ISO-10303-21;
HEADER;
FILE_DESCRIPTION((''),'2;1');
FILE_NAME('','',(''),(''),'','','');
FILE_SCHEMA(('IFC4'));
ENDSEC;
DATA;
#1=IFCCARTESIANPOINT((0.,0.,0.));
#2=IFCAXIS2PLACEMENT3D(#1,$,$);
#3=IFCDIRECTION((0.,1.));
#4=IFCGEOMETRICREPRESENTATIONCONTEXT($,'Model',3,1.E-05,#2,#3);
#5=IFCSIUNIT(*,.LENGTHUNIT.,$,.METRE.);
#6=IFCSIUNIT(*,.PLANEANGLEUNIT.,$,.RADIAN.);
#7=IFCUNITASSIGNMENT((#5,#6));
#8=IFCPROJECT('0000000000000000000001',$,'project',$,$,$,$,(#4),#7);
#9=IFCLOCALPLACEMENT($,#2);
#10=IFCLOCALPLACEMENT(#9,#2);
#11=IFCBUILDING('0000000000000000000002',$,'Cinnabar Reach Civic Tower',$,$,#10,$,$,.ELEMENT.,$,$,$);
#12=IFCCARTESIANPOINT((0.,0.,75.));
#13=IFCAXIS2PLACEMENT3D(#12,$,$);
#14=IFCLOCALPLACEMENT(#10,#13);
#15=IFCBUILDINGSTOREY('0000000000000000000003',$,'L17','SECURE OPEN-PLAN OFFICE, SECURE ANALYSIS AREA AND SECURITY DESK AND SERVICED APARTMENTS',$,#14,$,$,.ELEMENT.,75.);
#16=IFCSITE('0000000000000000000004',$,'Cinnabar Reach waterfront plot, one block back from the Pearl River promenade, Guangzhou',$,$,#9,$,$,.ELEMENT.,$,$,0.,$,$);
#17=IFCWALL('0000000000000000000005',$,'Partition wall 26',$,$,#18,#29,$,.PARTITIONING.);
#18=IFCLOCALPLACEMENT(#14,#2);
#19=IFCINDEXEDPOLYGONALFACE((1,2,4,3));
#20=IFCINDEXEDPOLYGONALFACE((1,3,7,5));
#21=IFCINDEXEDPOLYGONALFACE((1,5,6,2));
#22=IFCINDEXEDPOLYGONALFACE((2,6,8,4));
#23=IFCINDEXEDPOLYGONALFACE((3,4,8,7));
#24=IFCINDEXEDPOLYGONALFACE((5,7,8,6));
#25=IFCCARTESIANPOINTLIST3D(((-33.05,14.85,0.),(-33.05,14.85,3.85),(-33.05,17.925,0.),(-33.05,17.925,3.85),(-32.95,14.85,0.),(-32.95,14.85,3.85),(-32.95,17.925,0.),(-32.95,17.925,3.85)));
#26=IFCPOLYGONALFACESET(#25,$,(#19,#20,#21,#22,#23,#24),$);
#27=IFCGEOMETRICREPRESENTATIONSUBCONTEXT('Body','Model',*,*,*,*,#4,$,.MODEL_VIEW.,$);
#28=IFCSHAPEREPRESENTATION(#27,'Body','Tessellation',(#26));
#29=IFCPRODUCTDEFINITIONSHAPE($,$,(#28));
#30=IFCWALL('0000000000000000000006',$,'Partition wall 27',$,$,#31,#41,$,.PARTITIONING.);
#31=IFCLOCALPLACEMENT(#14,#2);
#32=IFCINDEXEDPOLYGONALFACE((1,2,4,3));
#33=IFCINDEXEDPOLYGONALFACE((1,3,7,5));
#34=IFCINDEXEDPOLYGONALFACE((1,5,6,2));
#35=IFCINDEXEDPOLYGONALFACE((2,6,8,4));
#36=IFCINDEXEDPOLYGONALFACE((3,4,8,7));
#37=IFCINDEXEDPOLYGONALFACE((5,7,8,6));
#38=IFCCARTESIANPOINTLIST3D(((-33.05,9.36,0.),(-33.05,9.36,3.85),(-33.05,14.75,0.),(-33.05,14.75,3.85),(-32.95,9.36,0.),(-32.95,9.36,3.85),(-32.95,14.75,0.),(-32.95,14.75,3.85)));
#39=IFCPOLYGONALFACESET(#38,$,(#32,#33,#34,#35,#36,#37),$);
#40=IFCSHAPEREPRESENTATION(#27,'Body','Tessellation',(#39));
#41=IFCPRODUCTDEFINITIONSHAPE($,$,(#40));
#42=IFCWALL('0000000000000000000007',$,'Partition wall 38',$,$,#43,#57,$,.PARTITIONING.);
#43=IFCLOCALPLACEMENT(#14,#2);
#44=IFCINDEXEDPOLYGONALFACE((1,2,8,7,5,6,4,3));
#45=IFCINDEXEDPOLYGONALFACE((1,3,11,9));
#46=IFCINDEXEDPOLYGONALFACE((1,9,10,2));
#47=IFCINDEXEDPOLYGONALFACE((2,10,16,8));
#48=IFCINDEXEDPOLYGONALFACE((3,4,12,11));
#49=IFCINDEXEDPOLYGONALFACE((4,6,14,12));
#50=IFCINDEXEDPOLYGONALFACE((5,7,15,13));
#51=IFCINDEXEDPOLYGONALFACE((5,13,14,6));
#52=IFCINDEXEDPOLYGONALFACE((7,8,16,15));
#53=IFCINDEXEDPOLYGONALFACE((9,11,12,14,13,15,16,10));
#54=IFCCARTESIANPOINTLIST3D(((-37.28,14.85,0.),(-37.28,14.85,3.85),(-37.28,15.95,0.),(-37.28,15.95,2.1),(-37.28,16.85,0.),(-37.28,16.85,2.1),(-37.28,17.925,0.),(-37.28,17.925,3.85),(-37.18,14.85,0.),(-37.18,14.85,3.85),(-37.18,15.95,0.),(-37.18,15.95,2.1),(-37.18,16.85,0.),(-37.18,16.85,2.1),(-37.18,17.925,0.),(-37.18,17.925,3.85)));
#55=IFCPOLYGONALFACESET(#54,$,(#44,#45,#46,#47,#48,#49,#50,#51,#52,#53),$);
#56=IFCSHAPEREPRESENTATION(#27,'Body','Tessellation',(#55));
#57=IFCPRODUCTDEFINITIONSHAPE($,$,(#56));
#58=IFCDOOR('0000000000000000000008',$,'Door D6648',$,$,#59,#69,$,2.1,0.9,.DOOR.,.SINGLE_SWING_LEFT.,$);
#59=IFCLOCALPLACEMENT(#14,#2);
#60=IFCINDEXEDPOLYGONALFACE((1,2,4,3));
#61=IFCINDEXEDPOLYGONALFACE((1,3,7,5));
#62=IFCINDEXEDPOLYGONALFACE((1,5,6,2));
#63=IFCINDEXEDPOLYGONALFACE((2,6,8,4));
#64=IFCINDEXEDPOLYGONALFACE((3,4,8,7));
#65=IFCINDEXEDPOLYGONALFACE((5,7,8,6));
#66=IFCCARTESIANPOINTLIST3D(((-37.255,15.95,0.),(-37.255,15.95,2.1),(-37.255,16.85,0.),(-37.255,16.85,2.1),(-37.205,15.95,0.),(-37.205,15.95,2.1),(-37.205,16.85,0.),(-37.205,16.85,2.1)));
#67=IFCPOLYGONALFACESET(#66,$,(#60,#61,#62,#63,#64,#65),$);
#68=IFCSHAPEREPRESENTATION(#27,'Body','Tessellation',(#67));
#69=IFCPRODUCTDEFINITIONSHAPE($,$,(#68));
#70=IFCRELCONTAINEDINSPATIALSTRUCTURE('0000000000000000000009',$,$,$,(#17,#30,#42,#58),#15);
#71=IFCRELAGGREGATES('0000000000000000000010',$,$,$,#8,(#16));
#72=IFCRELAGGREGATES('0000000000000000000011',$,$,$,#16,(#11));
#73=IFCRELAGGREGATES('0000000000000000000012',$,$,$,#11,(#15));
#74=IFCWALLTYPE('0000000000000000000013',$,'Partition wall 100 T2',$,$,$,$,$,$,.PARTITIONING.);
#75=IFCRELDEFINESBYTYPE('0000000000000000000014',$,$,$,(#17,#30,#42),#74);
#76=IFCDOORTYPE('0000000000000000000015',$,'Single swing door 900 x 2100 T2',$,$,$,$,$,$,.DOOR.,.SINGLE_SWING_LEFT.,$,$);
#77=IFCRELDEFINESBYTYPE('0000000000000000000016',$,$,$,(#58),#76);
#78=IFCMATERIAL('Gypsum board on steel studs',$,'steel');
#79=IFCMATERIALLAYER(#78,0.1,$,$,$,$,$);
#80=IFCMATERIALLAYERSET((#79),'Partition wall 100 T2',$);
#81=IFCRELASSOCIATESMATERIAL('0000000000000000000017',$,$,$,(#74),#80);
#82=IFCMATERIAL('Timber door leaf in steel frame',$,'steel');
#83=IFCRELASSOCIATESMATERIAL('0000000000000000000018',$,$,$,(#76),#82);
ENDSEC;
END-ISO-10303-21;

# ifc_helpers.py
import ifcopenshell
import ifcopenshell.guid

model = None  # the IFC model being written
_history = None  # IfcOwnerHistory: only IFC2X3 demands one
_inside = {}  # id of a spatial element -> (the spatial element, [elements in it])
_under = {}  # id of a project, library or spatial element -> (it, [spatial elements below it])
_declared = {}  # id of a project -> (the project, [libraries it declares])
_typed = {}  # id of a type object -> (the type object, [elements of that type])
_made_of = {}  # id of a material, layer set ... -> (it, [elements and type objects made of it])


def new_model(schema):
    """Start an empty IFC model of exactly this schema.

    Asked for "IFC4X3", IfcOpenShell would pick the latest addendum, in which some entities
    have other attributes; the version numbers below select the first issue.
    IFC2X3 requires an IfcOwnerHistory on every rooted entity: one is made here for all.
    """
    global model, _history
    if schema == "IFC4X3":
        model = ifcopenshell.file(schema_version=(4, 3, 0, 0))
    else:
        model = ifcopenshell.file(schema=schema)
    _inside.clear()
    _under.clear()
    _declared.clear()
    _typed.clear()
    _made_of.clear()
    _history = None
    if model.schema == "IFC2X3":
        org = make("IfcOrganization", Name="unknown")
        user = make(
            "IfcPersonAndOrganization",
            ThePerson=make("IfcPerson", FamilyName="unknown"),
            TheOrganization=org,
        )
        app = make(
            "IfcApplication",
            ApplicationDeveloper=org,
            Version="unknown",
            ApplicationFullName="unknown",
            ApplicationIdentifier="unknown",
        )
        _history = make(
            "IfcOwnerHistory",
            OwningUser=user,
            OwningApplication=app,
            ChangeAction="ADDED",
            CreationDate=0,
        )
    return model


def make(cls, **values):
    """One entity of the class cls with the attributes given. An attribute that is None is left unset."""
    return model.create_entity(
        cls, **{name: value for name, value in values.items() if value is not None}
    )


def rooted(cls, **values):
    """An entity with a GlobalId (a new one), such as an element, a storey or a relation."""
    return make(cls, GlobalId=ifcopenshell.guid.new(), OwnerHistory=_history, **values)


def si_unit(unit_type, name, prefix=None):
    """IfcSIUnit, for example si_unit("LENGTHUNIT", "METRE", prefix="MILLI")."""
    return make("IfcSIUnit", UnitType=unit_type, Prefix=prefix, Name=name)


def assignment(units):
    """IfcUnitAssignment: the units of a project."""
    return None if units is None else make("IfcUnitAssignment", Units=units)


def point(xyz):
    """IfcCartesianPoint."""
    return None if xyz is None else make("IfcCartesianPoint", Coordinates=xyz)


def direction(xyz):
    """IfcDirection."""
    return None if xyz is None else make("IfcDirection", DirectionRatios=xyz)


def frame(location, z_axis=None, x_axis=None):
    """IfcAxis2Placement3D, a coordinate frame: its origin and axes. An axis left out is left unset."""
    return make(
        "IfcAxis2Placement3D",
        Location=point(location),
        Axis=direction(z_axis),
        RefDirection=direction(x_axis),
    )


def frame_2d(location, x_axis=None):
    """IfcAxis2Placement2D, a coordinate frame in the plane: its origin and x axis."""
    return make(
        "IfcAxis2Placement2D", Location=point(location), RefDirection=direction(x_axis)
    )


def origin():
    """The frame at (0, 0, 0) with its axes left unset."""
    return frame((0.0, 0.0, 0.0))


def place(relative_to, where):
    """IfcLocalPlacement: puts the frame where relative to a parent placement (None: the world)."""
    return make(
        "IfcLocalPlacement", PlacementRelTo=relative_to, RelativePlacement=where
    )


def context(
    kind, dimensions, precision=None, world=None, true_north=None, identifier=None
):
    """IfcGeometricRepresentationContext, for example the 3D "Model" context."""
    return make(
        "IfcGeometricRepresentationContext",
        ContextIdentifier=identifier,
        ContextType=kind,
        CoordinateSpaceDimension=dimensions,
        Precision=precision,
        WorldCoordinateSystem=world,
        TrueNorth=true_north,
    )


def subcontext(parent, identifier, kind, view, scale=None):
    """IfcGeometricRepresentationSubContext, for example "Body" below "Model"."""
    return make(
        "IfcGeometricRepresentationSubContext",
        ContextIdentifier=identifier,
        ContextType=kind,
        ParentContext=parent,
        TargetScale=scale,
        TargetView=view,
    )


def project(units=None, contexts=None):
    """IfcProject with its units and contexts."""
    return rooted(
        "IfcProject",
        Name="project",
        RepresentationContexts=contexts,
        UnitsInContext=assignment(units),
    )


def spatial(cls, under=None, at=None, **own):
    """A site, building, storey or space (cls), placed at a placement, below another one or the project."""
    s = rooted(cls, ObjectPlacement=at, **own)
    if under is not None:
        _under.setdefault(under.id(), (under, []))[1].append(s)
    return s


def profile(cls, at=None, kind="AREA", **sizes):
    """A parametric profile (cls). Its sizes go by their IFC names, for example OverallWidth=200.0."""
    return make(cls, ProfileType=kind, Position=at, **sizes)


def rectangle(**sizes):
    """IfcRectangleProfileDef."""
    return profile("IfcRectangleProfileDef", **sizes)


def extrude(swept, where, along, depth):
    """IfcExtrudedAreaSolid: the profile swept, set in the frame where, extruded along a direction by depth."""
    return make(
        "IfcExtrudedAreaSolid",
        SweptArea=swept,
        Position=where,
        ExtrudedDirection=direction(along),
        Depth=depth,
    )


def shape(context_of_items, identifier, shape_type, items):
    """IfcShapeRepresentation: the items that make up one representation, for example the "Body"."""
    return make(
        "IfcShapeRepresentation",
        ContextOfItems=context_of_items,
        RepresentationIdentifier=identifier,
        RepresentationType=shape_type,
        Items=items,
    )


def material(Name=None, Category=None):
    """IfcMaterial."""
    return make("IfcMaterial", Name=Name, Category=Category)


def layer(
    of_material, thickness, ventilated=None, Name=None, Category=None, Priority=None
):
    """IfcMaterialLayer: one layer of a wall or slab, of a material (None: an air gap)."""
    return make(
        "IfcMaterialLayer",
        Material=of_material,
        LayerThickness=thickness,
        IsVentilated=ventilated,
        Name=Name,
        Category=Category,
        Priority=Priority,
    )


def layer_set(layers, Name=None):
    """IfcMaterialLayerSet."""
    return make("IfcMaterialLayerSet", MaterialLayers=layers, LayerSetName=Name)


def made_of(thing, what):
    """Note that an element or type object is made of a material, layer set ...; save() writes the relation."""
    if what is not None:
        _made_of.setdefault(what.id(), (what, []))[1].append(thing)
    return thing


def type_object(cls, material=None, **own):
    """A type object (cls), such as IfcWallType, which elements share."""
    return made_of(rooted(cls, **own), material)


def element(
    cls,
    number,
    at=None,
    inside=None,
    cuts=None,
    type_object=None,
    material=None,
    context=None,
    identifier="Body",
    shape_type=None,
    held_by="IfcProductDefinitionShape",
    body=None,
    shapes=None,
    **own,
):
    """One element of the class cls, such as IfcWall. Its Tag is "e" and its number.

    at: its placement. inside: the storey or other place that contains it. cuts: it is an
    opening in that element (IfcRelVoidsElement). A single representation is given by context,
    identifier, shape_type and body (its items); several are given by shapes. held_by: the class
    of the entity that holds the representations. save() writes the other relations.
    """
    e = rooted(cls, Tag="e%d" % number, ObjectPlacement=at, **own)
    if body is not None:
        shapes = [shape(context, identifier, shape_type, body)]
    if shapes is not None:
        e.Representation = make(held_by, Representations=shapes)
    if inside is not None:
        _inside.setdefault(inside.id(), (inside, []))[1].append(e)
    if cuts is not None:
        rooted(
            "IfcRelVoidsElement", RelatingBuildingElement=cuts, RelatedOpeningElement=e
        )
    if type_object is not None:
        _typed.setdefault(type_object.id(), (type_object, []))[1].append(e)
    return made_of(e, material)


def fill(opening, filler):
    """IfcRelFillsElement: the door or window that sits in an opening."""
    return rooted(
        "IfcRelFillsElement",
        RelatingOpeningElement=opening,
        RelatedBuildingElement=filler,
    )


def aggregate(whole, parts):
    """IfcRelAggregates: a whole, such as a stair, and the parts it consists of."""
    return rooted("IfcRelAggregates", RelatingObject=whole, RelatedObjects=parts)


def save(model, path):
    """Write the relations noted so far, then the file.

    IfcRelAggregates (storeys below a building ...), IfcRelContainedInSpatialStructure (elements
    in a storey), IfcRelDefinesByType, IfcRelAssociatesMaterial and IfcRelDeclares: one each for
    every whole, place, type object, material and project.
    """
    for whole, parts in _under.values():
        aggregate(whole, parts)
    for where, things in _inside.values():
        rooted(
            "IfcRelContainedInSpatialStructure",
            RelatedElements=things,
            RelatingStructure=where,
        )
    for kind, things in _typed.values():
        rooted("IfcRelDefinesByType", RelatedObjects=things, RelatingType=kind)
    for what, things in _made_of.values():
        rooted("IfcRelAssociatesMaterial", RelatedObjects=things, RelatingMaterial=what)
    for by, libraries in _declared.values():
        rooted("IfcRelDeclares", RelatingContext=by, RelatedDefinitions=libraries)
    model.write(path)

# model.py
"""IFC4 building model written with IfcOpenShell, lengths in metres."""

from ifc_helpers import new_model, si_unit, direction, frame, frame_2d, origin, place, context, subcontext, project, spatial, rectangle, extrude, material, layer, layer_set, type_object, element, fill, save


model = new_model("IFC4")

# Units and contexts
model_context = context("Model", 3, precision=1e-05, world=origin(), true_north=direction((0.0, 1.0)))
body_context = subcontext(model_context, "Body", "Model", "MODEL_VIEW")
ifc_project = project(units=[si_unit("LENGTHUNIT", "METRE"), si_unit("PLANEANGLEUNIT", "RADIAN")], contexts=[model_context])

# Site, building, storey
site_placement = place(None, origin())
site = spatial("IfcSite", under=ifc_project, at=site_placement, Name="Cinnabar Reach waterfront plot, one block back from the Pearl River promenade, Guangzhou", CompositionType="ELEMENT", RefElevation=0.0)
building_placement = place(site_placement, origin())
building = spatial("IfcBuilding", under=site, at=building_placement, Name="Cinnabar Reach Civic Tower", CompositionType="ELEMENT")
storey_placement = place(building_placement, frame((0.0, 0.0, 75.0)))
storey = spatial("IfcBuildingStorey", under=building, at=storey_placement, Name="L17", Description="SECURE OPEN-PLAN OFFICE, SECURE ANALYSIS AREA AND SECURITY DESK AND SERVICED APARTMENTS", CompositionType="ELEMENT", Elevation=75.0)

# Walls
ifc_material_1 = material(Name="Gypsum board on steel studs", Category="steel")
ifc_layer_1 = layer(ifc_material_1, 0.1)
ifc_layer_set_1 = layer_set([ifc_layer_1], Name="Partition wall 100 T2")
wall_type_1 = type_object("IfcWallType", Name="Partition wall 100 T2", PredefinedType="PARTITIONING", material=ifc_layer_set_1)
wall_1_placement = place(storey_placement, frame((-33.0, 14.85, 0.0), z_axis=(0.0, 0.0, 1.0), x_axis=(0.0, 1.0, 0.0)))
element("IfcWall", 1, at=wall_1_placement, inside=storey, type_object=wall_type_1, Name="Partition wall 26", PredefinedType="PARTITIONING", context=body_context, shape_type="SweptSolid", body=[
    extrude(rectangle(XDim=3.075, YDim=0.1, at=frame_2d((1.5375, 0.0))), origin(), (0.0, 0.0, 1.0), 3.85),
])
wall_2_placement = place(storey_placement, frame((-33.0, 9.36, 0.0), z_axis=(0.0, 0.0, 1.0), x_axis=(0.0, 1.0, 0.0)))
element("IfcWall", 2, at=wall_2_placement, inside=storey, type_object=wall_type_1, Name="Partition wall 27", PredefinedType="PARTITIONING", context=body_context, shape_type="SweptSolid", body=[
    extrude(rectangle(XDim=5.39, YDim=0.1, at=frame_2d((2.695, 0.0))), origin(), (0.0, 0.0, 1.0), 3.85),
])

# Wall, opening, door
wall_3_placement = place(storey_placement, frame((-37.23, 14.85, 0.0), z_axis=(0.0, 0.0, 1.0), x_axis=(0.0, 1.0, 0.0)))
wall_3 = element("IfcWall", 3, at=wall_3_placement, inside=storey, type_object=wall_type_1, Name="Partition wall 38", PredefinedType="PARTITIONING", context=body_context, shape_type="SweptSolid", body=[
    extrude(rectangle(XDim=3.075, YDim=0.1, at=frame_2d((1.5375, 0.0))), origin(), (0.0, 0.0, 1.0), 3.85),
])
opening_placement = place(wall_3_placement, frame((1.1, 0.0, 0.0)))
opening = element("IfcOpeningElement", 4, at=opening_placement, cuts=wall_3, PredefinedType="OPENING", context=body_context, shape_type="SweptSolid", body=[
    extrude(rectangle(XDim=0.9, YDim=2.1, at=frame_2d((0.45, 1.05))), frame((0.0, 0.06, 0.0), z_axis=(0.0, -1.0, 0.0), x_axis=(1.0, 0.0, 0.0)), (0.0, 0.0, 1.0), 0.12),
])
ifc_material_2 = material(Name="Timber door leaf in steel frame", Category="steel")
door_type = type_object("IfcDoorType", Name="Single swing door 900 x 2100 T2", OperationType="SINGLE_SWING_LEFT", PredefinedType="DOOR", material=ifc_material_2)
door_placement = place(opening_placement, origin())
door = element("IfcDoor", 5, at=door_placement, inside=storey, type_object=door_type, Name="Door D6648", OperationType="SINGLE_SWING_LEFT", OverallHeight=2.1, OverallWidth=0.9, PredefinedType="DOOR", context=body_context, shape_type="SweptSolid", body=[
    extrude(rectangle(XDim=0.9, YDim=2.1, at=frame_2d((0.45, 1.05))), frame((0.0, 0.025, 0.0), z_axis=(0.0, -1.0, 0.0), x_axis=(1.0, 0.0, 0.0)), (0.0, 0.0, 1.0), 0.05),
])
fill(opening, door)

save(model, "model.ifc")
